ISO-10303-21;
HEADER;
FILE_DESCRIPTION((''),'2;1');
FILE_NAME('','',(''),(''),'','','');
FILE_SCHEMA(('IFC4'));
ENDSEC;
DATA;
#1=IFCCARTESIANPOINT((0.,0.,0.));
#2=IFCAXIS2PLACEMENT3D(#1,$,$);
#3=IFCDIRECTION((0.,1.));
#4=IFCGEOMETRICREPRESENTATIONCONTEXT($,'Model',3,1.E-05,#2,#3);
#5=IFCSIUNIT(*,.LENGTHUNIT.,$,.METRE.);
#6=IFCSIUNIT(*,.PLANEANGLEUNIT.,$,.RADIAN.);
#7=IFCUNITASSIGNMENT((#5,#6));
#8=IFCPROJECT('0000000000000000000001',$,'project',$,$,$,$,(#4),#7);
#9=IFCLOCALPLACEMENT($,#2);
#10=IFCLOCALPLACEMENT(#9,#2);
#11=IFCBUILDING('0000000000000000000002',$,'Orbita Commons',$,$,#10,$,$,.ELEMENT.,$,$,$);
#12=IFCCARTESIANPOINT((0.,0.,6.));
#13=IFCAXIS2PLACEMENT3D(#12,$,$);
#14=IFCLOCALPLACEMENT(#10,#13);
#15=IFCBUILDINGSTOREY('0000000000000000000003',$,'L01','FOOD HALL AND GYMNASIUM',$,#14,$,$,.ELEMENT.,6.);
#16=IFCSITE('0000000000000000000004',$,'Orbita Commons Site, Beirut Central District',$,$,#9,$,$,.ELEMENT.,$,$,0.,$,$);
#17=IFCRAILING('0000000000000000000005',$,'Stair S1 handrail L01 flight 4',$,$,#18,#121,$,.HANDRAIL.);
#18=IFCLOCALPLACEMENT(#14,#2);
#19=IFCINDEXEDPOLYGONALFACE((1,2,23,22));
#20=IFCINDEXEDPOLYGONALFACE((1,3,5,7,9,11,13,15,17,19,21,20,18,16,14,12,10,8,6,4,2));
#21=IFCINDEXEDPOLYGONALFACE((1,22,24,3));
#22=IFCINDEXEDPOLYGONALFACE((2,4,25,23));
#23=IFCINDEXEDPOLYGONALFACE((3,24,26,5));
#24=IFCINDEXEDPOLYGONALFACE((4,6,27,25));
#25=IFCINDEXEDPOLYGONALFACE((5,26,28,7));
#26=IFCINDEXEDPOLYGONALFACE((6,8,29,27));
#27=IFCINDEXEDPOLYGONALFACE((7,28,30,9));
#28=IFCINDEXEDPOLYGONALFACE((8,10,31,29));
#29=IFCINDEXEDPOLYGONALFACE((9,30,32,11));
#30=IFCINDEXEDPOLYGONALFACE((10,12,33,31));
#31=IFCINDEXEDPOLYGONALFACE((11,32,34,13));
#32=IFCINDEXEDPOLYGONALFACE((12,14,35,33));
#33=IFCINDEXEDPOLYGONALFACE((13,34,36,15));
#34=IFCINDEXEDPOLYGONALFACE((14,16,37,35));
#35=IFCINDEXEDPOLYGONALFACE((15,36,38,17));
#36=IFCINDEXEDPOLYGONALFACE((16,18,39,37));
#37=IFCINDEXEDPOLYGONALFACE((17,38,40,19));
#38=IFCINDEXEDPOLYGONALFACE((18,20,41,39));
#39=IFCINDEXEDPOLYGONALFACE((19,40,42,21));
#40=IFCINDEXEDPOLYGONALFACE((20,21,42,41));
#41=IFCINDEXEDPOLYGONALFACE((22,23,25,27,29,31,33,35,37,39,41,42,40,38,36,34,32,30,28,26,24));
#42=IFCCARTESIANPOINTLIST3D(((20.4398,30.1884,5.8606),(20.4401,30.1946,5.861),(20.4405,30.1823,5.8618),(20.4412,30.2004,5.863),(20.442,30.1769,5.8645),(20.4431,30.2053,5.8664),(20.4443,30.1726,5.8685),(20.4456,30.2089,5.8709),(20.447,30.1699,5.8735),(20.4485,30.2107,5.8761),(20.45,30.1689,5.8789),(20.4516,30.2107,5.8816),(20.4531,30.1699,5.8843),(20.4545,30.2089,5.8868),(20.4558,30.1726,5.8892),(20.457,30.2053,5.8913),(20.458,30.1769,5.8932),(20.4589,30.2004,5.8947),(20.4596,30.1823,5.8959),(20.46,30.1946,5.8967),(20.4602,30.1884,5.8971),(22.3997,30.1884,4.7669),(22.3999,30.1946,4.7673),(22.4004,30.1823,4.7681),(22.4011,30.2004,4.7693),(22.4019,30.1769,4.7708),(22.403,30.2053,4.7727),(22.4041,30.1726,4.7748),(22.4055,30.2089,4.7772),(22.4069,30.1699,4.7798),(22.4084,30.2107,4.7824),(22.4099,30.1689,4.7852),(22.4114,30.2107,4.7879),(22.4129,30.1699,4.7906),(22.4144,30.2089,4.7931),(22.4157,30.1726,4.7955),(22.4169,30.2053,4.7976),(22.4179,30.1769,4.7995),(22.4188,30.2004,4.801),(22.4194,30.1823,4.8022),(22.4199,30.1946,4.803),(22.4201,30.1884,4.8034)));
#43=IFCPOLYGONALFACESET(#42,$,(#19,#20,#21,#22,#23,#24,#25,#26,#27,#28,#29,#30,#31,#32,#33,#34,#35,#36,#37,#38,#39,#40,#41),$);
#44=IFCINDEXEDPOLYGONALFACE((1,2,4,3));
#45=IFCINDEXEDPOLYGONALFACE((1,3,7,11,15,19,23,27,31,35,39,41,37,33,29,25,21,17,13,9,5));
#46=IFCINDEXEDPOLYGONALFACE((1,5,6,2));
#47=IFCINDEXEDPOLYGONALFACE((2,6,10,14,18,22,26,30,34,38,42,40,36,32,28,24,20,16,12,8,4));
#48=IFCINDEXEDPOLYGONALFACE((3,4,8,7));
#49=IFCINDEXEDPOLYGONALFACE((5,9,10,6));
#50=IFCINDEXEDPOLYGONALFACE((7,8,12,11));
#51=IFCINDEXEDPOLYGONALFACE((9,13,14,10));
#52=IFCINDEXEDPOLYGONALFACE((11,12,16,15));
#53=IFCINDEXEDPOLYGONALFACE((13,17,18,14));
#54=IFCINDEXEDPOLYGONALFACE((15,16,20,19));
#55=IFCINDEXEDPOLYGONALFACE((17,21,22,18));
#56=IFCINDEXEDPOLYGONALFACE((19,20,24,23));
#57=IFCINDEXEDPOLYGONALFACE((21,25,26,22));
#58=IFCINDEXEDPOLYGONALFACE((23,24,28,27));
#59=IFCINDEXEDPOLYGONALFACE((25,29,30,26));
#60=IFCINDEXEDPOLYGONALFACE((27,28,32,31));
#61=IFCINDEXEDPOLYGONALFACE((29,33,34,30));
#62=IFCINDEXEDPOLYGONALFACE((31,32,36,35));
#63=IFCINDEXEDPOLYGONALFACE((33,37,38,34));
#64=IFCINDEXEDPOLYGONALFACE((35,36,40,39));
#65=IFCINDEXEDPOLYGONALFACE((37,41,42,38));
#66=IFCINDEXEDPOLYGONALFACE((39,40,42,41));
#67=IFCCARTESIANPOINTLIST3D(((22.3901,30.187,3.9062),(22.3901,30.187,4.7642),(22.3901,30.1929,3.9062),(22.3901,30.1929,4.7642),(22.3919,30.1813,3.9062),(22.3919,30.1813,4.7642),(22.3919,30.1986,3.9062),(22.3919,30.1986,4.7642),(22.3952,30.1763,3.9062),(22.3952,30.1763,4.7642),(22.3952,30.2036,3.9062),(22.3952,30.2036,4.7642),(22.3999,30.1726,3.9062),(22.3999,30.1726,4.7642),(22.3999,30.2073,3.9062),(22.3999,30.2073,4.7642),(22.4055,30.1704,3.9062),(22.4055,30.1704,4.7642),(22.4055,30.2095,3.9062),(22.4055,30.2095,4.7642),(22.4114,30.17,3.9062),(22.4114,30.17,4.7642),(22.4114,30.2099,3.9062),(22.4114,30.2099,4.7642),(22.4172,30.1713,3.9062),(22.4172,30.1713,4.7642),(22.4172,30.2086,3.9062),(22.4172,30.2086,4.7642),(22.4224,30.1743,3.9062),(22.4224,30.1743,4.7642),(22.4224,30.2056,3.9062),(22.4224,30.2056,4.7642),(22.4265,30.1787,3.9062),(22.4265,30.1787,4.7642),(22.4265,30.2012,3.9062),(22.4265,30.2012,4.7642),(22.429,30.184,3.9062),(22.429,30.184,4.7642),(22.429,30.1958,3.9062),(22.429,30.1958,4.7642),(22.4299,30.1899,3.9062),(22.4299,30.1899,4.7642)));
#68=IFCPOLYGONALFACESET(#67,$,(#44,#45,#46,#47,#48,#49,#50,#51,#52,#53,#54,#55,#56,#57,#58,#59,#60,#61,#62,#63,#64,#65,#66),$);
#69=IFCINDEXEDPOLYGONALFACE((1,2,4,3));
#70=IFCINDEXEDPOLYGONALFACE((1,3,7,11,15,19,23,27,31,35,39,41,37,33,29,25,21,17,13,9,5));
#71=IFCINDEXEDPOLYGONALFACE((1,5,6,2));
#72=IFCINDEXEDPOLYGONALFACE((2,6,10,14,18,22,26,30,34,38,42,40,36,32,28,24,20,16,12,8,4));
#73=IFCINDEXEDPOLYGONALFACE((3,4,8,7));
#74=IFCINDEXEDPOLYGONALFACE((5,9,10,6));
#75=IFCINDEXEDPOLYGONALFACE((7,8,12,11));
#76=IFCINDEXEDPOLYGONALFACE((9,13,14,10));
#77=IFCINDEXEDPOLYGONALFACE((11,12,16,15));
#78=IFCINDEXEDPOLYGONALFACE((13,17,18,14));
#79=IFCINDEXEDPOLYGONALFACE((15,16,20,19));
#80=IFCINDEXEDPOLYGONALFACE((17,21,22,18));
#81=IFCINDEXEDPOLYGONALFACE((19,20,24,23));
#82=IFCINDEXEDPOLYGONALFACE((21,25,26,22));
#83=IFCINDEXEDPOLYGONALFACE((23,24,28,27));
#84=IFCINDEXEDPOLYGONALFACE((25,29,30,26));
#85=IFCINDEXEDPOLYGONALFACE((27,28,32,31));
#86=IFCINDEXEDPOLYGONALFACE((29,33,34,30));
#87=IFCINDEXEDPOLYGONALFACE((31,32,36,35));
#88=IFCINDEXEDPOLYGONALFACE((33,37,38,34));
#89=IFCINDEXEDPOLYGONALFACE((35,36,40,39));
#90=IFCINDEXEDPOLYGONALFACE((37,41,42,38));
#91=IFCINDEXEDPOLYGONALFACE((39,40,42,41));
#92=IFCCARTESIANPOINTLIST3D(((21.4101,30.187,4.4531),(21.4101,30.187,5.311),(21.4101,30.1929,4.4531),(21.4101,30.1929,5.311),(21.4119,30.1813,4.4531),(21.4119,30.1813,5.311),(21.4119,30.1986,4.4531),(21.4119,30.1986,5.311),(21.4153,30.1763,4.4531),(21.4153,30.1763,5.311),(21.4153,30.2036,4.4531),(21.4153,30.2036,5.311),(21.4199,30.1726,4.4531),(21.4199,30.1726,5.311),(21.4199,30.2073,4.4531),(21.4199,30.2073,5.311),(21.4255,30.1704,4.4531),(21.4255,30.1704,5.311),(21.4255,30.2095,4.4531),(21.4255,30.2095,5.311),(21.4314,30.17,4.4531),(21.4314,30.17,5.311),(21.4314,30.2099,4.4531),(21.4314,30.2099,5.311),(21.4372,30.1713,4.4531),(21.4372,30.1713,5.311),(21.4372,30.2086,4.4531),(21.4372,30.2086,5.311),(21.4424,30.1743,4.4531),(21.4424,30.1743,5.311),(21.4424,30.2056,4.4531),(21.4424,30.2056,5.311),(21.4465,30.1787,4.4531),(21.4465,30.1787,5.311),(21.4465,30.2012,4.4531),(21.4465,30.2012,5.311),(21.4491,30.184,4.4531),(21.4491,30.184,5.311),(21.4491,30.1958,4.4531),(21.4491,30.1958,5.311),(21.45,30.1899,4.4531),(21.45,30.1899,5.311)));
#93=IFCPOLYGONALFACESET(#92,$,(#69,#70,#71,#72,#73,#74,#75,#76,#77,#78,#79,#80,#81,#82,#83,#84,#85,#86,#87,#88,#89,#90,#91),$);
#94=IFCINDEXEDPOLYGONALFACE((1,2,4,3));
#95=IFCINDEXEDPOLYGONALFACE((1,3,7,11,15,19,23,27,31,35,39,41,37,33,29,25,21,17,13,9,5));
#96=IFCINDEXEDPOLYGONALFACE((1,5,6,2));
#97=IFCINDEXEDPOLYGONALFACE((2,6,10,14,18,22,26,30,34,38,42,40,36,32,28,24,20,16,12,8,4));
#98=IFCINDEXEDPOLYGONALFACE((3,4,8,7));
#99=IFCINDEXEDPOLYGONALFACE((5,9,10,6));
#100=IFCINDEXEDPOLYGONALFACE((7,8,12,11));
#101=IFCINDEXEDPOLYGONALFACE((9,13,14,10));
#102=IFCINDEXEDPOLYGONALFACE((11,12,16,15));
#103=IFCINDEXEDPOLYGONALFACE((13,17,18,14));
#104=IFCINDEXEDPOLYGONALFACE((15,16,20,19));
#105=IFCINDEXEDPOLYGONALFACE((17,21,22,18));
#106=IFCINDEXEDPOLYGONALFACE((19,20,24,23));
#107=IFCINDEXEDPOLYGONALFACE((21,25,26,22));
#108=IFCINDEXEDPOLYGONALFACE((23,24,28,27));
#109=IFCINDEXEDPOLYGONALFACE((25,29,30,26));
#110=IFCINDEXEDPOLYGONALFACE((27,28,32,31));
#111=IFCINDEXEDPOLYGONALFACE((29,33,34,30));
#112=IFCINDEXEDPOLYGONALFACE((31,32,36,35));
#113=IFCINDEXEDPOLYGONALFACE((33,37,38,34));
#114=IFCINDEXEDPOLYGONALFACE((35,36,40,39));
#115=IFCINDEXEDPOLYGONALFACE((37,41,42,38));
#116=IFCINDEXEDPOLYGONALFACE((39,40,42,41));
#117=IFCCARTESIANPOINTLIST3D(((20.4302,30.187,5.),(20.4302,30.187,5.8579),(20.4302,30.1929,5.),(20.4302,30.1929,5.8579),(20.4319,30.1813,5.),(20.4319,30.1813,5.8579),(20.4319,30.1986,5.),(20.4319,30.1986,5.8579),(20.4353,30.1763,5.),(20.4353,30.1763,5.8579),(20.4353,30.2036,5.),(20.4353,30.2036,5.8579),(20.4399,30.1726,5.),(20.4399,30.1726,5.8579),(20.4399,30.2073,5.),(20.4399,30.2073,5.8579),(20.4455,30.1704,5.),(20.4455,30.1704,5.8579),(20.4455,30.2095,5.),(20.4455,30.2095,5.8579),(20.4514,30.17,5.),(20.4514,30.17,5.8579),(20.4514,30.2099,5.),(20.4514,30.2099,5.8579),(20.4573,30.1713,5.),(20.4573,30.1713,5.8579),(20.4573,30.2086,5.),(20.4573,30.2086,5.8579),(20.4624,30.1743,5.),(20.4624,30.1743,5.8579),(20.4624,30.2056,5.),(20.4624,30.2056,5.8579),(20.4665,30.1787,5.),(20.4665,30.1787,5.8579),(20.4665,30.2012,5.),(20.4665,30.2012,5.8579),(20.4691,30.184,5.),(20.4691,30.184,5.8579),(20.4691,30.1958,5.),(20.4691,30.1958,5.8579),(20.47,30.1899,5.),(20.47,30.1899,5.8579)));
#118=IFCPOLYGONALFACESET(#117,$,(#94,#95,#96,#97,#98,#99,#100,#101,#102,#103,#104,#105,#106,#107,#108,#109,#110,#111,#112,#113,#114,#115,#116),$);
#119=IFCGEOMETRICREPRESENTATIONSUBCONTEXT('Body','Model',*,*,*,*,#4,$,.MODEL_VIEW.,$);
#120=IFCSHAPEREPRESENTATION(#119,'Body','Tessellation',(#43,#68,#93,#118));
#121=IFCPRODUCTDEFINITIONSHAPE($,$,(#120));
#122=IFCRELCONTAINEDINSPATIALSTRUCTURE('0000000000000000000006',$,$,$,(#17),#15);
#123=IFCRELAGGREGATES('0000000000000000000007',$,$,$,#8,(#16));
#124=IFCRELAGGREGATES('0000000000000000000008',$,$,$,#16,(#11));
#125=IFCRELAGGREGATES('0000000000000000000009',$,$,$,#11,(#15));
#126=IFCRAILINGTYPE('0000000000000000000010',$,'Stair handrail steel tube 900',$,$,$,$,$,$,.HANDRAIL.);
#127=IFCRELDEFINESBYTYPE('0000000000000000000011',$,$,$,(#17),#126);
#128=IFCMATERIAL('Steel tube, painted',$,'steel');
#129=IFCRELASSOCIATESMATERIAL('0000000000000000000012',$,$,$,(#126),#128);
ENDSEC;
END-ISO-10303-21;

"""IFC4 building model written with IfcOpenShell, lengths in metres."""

from ifc_helpers import new_model, si_unit, direction, frame, origin, origin_2d, place, context, subcontext, project, spatial, circle, extrude, material, type_object, element, save


model = new_model("IFC4")

# Units and contexts
model_context = context("Model", 3, precision=1e-05, world=origin(), true_north=direction((0.0, 1.0)))
body_context = subcontext(model_context, "Body", "Model", "MODEL_VIEW")
ifc_project = project(units=[si_unit("LENGTHUNIT", "METRE"), si_unit("PLANEANGLEUNIT", "RADIAN")], contexts=[model_context])

# Site, building, storey
site_placement = place(None, origin())
site = spatial("IfcSite", under=ifc_project, at=site_placement, Name="Orbita Commons Site, Beirut Central District", CompositionType="ELEMENT", RefElevation=0.0)
building_placement = place(site_placement, origin())
building = spatial("IfcBuilding", under=site, at=building_placement, Name="Orbita Commons", CompositionType="ELEMENT")
storey_placement = place(building_placement, frame((0.0, 0.0, 6.0)))
storey = spatial("IfcBuildingStorey", under=building, at=storey_placement, Name="L01", Description="FOOD HALL AND GYMNASIUM", CompositionType="ELEMENT", Elevation=6.0)

# Railing
ifc_material_1 = material(Name="Steel tube, painted", Category="steel")
railing_type = type_object("IfcRailingType", Name="Stair handrail steel tube 900", PredefinedType="HANDRAIL", material=ifc_material_1)
for number, where, name in (
    (1, (22.4099, 30.1899, 3.9062), "Stair S1 handrail L01 flight 4"),
):
    element("IfcRailing", number, at=place(storey_placement, frame(where)), inside=storey, type_object=railing_type, Name=name, PredefinedType="HANDRAIL", context=body_context, shape_type="SweptSolid", body=[
        extrude(circle(Radius=0.021, at=origin_2d()), frame((0.0, 0.0, 0.8789), z_axis=(-0.873232, 0.0, 0.487304), x_axis=(0.0, -1.0, 0.0)), (0.0, 0.0, 1.0), 2.2444),
        extrude(circle(Radius=0.02, at=origin_2d()), origin(), (0.0, 0.0, 1.0), 0.8579),
        extrude(circle(Radius=0.02, at=origin_2d()), frame((-0.98, 0.0, 0.5469)), (0.0, 0.0, 1.0), 0.8579),
        extrude(circle(Radius=0.02, at=origin_2d()), frame((-1.96, 0.0, 1.0938)), (0.0, 0.0, 1.0), 0.8579),
    ])

save(model, "model.ifc")
